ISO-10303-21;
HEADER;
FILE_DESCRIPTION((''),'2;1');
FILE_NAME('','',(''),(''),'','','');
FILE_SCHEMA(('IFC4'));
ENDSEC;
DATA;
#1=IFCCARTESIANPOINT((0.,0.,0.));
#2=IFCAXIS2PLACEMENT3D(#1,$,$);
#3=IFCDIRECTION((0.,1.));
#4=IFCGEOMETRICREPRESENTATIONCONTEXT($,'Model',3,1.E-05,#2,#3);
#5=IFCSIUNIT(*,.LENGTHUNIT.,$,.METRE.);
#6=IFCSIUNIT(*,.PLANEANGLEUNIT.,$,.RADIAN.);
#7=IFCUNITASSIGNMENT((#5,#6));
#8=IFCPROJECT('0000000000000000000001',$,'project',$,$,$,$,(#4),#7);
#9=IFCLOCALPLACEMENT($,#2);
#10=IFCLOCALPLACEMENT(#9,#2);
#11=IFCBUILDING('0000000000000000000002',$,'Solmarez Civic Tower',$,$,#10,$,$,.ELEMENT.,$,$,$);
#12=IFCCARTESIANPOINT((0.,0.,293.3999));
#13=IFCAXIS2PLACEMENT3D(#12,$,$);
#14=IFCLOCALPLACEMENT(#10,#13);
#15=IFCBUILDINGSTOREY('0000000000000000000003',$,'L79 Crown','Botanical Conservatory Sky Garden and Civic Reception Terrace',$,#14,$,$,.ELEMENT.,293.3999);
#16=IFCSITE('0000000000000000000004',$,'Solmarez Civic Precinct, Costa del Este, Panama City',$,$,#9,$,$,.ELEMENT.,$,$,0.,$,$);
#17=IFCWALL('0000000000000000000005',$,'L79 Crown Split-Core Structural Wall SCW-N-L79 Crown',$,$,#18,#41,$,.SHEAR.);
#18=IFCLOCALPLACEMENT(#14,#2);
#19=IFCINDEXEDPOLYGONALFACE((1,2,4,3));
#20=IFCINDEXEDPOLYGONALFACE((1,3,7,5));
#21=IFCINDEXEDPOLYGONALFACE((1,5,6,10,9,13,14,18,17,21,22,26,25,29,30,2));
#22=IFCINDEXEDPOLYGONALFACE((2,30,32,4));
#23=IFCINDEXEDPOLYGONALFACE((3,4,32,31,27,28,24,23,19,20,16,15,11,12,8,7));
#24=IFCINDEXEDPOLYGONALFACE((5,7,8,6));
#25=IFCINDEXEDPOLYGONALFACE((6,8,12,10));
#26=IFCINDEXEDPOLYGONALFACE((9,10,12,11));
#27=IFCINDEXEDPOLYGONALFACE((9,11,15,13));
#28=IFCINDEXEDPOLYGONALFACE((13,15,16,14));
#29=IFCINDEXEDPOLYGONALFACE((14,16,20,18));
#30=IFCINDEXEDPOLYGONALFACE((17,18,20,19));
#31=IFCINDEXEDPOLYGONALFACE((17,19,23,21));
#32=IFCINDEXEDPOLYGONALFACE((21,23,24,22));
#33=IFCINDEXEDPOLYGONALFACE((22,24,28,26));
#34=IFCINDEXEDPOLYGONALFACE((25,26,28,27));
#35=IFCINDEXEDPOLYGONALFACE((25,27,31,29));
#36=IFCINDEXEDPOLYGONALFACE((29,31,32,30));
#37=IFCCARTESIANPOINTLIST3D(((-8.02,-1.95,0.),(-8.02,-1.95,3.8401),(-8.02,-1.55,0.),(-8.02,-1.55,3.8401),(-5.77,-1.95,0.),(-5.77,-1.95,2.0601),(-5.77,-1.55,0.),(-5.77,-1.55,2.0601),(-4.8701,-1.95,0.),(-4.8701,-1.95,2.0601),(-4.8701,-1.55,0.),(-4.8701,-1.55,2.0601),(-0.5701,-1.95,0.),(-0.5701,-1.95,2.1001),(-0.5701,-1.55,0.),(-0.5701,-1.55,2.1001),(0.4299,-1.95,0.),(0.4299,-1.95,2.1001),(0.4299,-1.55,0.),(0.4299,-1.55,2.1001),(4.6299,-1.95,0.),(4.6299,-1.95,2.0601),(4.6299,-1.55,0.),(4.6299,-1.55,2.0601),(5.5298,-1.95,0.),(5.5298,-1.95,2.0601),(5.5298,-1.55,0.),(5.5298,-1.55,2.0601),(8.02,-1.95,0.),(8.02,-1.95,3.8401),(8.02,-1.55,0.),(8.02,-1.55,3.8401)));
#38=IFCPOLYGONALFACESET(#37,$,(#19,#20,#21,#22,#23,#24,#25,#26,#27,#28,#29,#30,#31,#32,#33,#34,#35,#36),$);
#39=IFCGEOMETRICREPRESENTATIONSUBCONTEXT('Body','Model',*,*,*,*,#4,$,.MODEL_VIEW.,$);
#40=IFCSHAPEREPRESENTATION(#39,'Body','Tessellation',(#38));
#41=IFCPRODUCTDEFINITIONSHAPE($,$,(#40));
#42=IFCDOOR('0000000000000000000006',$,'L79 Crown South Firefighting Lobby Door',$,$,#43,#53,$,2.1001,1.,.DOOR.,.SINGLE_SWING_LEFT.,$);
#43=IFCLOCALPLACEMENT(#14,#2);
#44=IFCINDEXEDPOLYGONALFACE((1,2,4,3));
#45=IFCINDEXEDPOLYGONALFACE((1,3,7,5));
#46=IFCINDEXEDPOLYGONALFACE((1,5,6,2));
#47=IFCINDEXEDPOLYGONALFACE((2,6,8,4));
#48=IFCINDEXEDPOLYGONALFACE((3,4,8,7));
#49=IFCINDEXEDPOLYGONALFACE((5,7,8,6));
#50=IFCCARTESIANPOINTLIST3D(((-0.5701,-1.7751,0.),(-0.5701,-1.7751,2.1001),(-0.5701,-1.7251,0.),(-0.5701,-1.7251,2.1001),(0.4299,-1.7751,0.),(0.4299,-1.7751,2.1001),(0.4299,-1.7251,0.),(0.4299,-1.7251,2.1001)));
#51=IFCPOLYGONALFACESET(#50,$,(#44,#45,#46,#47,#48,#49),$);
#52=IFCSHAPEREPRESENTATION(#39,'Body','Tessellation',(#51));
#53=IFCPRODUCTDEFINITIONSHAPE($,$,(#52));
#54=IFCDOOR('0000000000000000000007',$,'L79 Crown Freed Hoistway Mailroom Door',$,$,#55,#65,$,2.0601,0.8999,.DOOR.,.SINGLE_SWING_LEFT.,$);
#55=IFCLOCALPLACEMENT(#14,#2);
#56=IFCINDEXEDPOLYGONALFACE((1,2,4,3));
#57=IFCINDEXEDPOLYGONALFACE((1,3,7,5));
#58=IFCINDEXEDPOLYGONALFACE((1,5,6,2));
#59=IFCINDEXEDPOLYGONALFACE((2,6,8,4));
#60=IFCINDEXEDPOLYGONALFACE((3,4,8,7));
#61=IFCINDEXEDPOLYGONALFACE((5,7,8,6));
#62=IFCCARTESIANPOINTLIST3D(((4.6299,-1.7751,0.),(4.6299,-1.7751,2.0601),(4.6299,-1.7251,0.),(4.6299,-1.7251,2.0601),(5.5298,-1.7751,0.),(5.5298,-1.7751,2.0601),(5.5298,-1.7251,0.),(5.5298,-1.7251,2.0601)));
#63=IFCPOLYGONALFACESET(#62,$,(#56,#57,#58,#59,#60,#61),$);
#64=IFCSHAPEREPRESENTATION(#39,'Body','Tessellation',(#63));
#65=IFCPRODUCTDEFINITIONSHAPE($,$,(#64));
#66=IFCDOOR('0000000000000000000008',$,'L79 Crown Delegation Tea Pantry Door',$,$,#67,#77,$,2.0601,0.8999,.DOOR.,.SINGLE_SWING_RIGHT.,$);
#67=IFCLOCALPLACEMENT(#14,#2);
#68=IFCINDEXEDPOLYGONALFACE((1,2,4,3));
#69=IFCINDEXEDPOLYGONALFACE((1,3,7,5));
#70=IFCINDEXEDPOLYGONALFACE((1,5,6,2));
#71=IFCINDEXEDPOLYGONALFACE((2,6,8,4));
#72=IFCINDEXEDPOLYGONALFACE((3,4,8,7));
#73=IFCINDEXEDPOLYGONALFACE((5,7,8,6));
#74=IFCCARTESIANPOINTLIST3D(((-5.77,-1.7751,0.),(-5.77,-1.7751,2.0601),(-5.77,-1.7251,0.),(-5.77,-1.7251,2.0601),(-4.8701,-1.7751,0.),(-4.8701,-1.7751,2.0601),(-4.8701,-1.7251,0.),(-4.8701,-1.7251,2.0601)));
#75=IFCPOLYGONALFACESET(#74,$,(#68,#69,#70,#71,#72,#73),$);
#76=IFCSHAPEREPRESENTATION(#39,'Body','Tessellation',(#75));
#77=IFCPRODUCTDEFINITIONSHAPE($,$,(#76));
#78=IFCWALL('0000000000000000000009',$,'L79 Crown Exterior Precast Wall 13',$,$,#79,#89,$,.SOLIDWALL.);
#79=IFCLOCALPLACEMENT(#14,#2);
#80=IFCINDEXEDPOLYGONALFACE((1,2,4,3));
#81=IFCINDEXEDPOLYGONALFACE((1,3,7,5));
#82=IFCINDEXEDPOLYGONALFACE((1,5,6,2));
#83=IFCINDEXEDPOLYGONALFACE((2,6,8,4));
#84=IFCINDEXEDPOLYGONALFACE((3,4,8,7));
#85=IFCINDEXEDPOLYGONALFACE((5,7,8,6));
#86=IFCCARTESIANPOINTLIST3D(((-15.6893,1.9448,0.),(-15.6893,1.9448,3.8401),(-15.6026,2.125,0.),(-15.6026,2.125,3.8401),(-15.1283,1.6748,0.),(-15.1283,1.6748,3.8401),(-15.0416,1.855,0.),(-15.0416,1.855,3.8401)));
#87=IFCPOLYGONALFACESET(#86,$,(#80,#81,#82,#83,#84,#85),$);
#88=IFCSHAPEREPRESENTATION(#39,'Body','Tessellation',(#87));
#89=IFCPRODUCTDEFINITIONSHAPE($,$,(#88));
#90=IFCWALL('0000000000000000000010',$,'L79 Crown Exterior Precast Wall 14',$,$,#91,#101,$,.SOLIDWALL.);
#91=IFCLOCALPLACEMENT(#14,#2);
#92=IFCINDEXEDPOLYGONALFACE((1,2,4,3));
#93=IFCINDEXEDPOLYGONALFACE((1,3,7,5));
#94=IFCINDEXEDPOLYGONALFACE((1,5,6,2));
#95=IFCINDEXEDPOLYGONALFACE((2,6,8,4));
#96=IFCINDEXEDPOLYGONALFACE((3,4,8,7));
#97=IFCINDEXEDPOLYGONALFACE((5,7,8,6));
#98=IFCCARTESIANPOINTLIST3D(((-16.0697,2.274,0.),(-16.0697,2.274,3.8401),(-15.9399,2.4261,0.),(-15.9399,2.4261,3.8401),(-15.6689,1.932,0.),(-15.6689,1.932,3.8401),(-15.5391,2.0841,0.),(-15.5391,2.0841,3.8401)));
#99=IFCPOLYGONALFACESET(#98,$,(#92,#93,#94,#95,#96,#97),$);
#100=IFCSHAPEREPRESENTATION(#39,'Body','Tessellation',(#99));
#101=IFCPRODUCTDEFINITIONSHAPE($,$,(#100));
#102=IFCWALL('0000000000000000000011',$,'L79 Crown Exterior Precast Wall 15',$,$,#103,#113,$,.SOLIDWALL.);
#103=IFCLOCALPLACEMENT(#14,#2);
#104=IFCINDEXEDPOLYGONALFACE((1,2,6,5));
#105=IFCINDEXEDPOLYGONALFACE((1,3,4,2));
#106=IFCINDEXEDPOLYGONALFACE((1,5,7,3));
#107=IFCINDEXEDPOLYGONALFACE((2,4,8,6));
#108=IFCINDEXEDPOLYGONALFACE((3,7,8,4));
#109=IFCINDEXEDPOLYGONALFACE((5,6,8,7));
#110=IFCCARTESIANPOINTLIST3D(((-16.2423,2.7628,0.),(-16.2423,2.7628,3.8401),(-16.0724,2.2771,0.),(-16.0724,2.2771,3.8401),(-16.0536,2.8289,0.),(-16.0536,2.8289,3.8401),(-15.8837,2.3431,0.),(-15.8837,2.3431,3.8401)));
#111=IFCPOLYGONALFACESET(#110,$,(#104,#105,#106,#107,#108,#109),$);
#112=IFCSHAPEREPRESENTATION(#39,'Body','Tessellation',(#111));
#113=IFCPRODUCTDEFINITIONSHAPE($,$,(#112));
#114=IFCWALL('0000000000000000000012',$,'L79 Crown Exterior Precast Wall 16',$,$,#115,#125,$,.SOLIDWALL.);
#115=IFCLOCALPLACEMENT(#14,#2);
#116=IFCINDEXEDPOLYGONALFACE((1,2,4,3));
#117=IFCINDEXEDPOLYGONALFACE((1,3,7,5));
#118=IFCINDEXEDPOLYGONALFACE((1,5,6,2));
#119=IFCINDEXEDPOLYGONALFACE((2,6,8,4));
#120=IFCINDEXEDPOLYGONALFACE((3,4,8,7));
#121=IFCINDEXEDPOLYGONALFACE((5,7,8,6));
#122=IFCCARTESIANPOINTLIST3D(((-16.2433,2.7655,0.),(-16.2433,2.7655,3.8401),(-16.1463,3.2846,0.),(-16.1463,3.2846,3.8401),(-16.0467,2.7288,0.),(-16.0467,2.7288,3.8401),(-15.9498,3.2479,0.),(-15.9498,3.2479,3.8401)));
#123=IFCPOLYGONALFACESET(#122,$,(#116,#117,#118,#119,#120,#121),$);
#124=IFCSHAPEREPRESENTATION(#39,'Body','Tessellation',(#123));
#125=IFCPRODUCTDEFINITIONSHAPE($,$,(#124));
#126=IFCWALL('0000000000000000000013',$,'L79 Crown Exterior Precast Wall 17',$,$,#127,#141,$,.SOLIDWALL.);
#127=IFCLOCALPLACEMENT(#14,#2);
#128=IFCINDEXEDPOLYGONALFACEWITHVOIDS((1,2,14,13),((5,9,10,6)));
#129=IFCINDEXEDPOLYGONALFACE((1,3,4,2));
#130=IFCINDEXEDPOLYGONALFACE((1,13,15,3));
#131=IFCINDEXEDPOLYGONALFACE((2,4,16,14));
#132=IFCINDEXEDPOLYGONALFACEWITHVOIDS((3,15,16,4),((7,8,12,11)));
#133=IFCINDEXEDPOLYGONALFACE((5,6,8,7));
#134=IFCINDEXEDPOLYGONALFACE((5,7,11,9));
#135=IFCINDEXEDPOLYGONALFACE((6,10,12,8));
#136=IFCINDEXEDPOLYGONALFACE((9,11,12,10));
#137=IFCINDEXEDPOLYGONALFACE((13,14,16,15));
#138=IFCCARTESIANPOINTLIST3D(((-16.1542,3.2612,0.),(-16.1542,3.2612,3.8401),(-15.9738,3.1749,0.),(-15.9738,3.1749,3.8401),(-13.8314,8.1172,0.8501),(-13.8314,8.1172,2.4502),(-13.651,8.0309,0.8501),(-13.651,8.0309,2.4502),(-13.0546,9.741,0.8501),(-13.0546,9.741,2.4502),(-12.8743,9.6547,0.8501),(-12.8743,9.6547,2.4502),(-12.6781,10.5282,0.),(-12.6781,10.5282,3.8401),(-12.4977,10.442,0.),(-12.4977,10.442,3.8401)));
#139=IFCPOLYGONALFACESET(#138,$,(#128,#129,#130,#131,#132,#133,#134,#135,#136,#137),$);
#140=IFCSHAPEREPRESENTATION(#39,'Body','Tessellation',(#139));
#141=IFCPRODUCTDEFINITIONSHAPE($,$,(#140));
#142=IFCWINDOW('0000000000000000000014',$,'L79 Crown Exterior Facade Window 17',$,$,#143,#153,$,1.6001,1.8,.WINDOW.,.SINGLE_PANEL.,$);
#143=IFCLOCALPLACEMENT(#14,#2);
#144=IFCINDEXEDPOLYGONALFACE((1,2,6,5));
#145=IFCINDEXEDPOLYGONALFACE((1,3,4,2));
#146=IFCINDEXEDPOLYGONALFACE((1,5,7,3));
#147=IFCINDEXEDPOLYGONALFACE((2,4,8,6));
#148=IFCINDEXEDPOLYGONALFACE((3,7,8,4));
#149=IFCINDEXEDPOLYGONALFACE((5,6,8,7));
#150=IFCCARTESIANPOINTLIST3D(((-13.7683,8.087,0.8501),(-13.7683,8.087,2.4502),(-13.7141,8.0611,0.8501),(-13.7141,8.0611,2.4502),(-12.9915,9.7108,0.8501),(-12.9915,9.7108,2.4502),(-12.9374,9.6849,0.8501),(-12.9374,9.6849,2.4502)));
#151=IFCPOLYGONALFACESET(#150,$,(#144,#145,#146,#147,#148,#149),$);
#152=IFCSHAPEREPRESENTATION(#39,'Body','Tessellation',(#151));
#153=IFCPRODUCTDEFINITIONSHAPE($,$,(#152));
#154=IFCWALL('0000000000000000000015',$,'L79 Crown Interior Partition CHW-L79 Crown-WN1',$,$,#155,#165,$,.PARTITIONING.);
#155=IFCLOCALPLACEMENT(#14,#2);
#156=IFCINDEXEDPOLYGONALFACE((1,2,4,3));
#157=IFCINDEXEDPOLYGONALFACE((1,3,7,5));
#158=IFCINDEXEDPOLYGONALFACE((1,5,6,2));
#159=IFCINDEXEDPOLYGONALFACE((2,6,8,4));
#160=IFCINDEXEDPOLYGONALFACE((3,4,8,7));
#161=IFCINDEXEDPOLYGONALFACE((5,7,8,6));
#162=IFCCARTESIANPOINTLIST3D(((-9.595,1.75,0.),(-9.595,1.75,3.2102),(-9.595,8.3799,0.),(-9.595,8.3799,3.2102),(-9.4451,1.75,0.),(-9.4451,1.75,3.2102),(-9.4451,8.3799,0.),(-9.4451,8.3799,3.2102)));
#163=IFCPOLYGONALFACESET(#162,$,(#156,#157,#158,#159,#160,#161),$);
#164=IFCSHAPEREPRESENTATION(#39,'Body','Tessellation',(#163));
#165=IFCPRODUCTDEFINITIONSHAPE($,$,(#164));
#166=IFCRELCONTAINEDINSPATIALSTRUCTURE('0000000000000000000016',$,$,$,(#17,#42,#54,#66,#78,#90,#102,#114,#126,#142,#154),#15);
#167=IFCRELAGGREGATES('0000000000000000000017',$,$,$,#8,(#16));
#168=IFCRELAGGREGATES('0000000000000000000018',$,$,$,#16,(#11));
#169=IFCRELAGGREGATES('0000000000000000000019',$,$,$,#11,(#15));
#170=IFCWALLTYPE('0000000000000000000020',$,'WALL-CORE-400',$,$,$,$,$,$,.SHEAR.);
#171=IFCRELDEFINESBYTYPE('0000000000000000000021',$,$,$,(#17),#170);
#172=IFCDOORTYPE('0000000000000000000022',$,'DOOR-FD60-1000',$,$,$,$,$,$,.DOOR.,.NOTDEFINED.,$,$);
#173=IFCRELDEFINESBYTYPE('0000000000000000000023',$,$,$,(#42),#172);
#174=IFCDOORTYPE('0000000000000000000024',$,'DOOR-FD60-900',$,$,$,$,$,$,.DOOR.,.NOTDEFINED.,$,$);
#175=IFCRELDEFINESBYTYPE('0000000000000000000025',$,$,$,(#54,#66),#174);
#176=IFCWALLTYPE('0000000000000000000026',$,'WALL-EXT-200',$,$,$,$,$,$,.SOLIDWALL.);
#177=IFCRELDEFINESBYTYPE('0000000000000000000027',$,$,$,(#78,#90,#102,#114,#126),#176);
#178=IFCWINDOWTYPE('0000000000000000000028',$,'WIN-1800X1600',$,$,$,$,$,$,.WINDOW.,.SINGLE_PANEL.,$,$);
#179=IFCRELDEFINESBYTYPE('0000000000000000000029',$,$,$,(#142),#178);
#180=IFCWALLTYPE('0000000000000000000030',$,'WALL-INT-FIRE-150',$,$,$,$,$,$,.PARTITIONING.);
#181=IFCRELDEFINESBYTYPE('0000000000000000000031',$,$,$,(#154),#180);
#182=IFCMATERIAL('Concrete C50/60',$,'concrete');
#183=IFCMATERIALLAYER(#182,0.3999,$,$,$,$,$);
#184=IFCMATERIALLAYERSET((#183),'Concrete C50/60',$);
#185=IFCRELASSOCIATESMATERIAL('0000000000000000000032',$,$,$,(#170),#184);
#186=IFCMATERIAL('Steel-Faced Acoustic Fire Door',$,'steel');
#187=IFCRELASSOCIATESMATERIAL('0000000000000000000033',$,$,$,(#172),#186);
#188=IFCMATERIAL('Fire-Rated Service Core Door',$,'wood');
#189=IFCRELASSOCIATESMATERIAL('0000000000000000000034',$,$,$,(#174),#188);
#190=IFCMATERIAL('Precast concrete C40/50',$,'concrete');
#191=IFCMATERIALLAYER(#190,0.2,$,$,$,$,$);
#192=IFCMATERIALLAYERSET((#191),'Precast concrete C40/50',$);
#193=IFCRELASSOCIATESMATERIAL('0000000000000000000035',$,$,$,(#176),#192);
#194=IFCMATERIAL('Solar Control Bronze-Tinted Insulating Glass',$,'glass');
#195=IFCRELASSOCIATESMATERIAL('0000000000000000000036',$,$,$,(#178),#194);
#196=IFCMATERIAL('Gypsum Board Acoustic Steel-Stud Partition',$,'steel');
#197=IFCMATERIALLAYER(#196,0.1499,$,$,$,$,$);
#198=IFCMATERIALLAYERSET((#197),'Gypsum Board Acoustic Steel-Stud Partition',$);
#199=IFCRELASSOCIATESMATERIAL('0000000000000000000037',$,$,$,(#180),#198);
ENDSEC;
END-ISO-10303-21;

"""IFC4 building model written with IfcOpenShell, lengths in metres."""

from ifc_helpers import new_model, si_unit, direction, frame, frame_2d, origin, place, context, subcontext, project, spatial, rectangle, extrude, material, layer, layer_set, type_object, element, fill, save


model = new_model("IFC4")

# Units and contexts
model_context = context("Model", 3, precision=1e-05, world=origin(), true_north=direction((0.0, 1.0)))
body_context = subcontext(model_context, "Body", "Model", "MODEL_VIEW")
ifc_project = project(units=[si_unit("LENGTHUNIT", "METRE"), si_unit("PLANEANGLEUNIT", "RADIAN")], contexts=[model_context])

# Site, building, storey
site_placement = place(None, origin())
site = spatial("IfcSite", under=ifc_project, at=site_placement, Name="Solmarez Civic Precinct, Costa del Este, Panama City", CompositionType="ELEMENT", RefElevation=0.0)
building_placement = place(site_placement, origin())
building = spatial("IfcBuilding", under=site, at=building_placement, Name="Solmarez Civic Tower", CompositionType="ELEMENT")
storey_placement = place(building_placement, frame((0.0, 0.0, 293.3999)))
storey = spatial("IfcBuildingStorey", under=building, at=storey_placement, Name="L79 Crown", Description="Botanical Conservatory Sky Garden and Civic Reception Terrace", CompositionType="ELEMENT", Elevation=293.3999)

# Shared definitions
ifc_material_1 = material(Name="Concrete C50/60", Category="concrete")

# Shared definitions
ifc_layer_1 = layer(ifc_material_1, 0.3999)
ifc_layer_set_1 = layer_set([ifc_layer_1], Name="Concrete C50/60")
wall_type_1 = type_object("IfcWallType", Name="WALL-CORE-400", PredefinedType="SHEAR", material=ifc_layer_set_1)

# Wall, openings, doors
wall_1_placement = place(storey_placement, frame((-8.02, -1.75, 0.0), z_axis=(0.0, 0.0, 1.0), x_axis=(1.0, 0.0, 0.0)))
wall_1 = element("IfcWall", 1, at=wall_1_placement, inside=storey, type_object=wall_type_1, Name="L79 Crown Split-Core Structural Wall SCW-N-L79 Crown", PredefinedType="SHEAR", context=body_context, shape_type="SweptSolid", body=[
    extrude(rectangle(XDim=16.04, YDim=0.3999, at=frame_2d((8.02, 0.0))), origin(), (0.0, 0.0, 1.0), 3.8401),
])
opening_1_placement = place(wall_1_placement, frame((7.45, 0.0, 0.0)))
opening_1 = element("IfcOpeningElement", 2, at=opening_1_placement, cuts=wall_1, PredefinedType="OPENING", context=body_context, shape_type="SweptSolid", body=[
    extrude(rectangle(XDim=1.0, YDim=2.1001, at=frame_2d((0.5, 1.05))), frame((0.0, 0.21, 0.0), z_axis=(0.0, -1.0, 0.0), x_axis=(1.0, 0.0, 0.0)), (0.0, 0.0, 1.0), 0.4199),
])
opening_2_placement = place(wall_1_placement, frame((12.6499, 0.0, 0.0)))
opening_2 = element("IfcOpeningElement", 3, at=opening_2_placement, cuts=wall_1, PredefinedType="OPENING", context=body_context, shape_type="SweptSolid", body=[
    extrude(rectangle(XDim=0.8999, YDim=2.0601, at=frame_2d((0.45, 1.03))), frame((0.0, 0.21, 0.0), z_axis=(0.0, -1.0, 0.0), x_axis=(1.0, 0.0, 0.0)), (0.0, 0.0, 1.0), 0.4199),
])
opening_3_placement = place(wall_1_placement, frame((2.25, 0.0, 0.0)))
opening_3 = element("IfcOpeningElement", 4, at=opening_3_placement, cuts=wall_1, PredefinedType="OPENING", context=body_context, shape_type="SweptSolid", body=[
    extrude(rectangle(XDim=0.8999, YDim=2.0601, at=frame_2d((0.45, 1.03))), frame((0.0, 0.21, 0.0), z_axis=(0.0, -1.0, 0.0), x_axis=(1.0, 0.0, 0.0)), (0.0, 0.0, 1.0), 0.4199),
])
ifc_material_2 = material(Name="Steel-Faced Acoustic Fire Door", Category="steel")
door_type_1 = type_object("IfcDoorType", Name="DOOR-FD60-1000", OperationType="NOTDEFINED", PredefinedType="DOOR", material=ifc_material_2)
door_1_placement = place(opening_1_placement, origin())
door_1 = element("IfcDoor", 5, at=door_1_placement, inside=storey, type_object=door_type_1, Name="L79 Crown South Firefighting Lobby Door", OperationType="SINGLE_SWING_LEFT", OverallHeight=2.1001, OverallWidth=1.0, PredefinedType="DOOR", context=body_context, shape_type="SweptSolid", body=[
    extrude(rectangle(XDim=1.0, YDim=2.1001, at=frame_2d((0.5, 1.05))), frame((0.0, 0.0249, 0.0), z_axis=(0.0, -1.0, 0.0), x_axis=(1.0, 0.0, 0.0)), (0.0, 0.0, 1.0), 0.05),
])
fill(opening_1, door_1)
ifc_material_3 = material(Name="Fire-Rated Service Core Door", Category="wood")
door_type_2 = type_object("IfcDoorType", Name="DOOR-FD60-900", OperationType="NOTDEFINED", PredefinedType="DOOR", material=ifc_material_3)
door_2_placement = place(opening_2_placement, origin())
door_2 = element("IfcDoor", 6, at=door_2_placement, inside=storey, type_object=door_type_2, Name="L79 Crown Freed Hoistway Mailroom Door", OperationType="SINGLE_SWING_LEFT", OverallHeight=2.0601, OverallWidth=0.8999, PredefinedType="DOOR", context=body_context, shape_type="SweptSolid", body=[
    extrude(rectangle(XDim=0.8999, YDim=2.0601, at=frame_2d((0.45, 1.03))), frame((0.0, 0.0249, 0.0), z_axis=(0.0, -1.0, 0.0), x_axis=(1.0, 0.0, 0.0)), (0.0, 0.0, 1.0), 0.05),
])
fill(opening_2, door_2)
door_3_placement = place(opening_3_placement, origin())
door_3 = element("IfcDoor", 7, at=door_3_placement, inside=storey, type_object=door_type_2, Name="L79 Crown Delegation Tea Pantry Door", OperationType="SINGLE_SWING_RIGHT", OverallHeight=2.0601, OverallWidth=0.8999, PredefinedType="DOOR", context=body_context, shape_type="SweptSolid", body=[
    extrude(rectangle(XDim=0.8999, YDim=2.0601, at=frame_2d((0.45, 1.03))), frame((0.0, 0.0249, 0.0), z_axis=(0.0, -1.0, 0.0), x_axis=(1.0, 0.0, 0.0)), (0.0, 0.0, 1.0), 0.05),
])
fill(opening_3, door_3)

# Walls
ifc_material_4 = material(Name="Precast concrete C40/50", Category="concrete")
ifc_layer_2 = layer(ifc_material_4, 0.2)
ifc_layer_set_2 = layer_set([ifc_layer_2], Name="Precast concrete C40/50")
wall_type_2 = type_object("IfcWallType", Name="WALL-EXT-200", PredefinedType="SOLIDWALL", material=ifc_layer_set_2)
wall_2_placement = place(storey_placement, frame((-15.085, 1.7649, 0.0), z_axis=(0.0, 0.0, 1.0), x_axis=(-0.90107, 0.433674, 0.0)))
element("IfcWall", 8, at=wall_2_placement, inside=storey, type_object=wall_type_2, Name="L79 Crown Exterior Precast Wall 13", PredefinedType="SOLIDWALL", context=body_context, shape_type="SweptSolid", body=[
    extrude(rectangle(XDim=0.6226, YDim=0.2, at=frame_2d((0.3113, 0.0))), origin(), (0.0, 0.0, 1.0), 3.8401),
])
wall_3_placement = place(storey_placement, frame((-15.604, 2.0081, 0.0), z_axis=(0.0, 0.0, 1.0), x_axis=(-0.760726, 0.649073, 0.0)))
element("IfcWall", 9, at=wall_3_placement, inside=storey, type_object=wall_type_2, Name="L79 Crown Exterior Precast Wall 14", PredefinedType="SOLIDWALL", context=body_context, shape_type="SweptSolid", body=[
    extrude(rectangle(XDim=0.5269, YDim=0.2, at=frame_2d((0.2634, 0.0))), origin(), (0.0, 0.0, 1.0), 3.8401),
])
wall_4_placement = place(storey_placement, frame((-15.978, 2.3101, 0.0), z_axis=(0.0, 0.0, 1.0), x_axis=(-0.330139, 0.943932, 0.0)))
element("IfcWall", 10, at=wall_4_placement, inside=storey, type_object=wall_type_2, Name="L79 Crown Exterior Precast Wall 15", PredefinedType="SOLIDWALL", context=body_context, shape_type="SweptSolid", body=[
    extrude(rectangle(XDim=0.5146, YDim=0.2, at=frame_2d((0.2573, 0.0))), origin(), (0.0, 0.0, 1.0), 3.8401),
])
wall_5_placement = place(storey_placement, frame((-16.145, 2.7471, 0.0), z_axis=(0.0, 0.0, 1.0), x_axis=(0.183563, 0.983008, 0.0)))
element("IfcWall", 11, at=wall_5_placement, inside=storey, type_object=wall_type_2, Name="L79 Crown Exterior Precast Wall 16", PredefinedType="SOLIDWALL", context=body_context, shape_type="SweptSolid", body=[
    extrude(rectangle(XDim=0.5281, YDim=0.2, at=frame_2d((0.2642, 0.0))), origin(), (0.0, 0.0, 1.0), 3.8401),
])

# Wall, opening, window
wall_6_placement = place(storey_placement, frame((-16.064, 3.218, 0.0), z_axis=(0.0, 0.0, 1.0), x_axis=(0.431507, 0.90211, 0.0)))
wall_6 = element("IfcWall", 12, at=wall_6_placement, inside=storey, type_object=wall_type_2, Name="L79 Crown Exterior Precast Wall 17", PredefinedType="SOLIDWALL", context=body_context, shape_type="SweptSolid", body=[
    extrude(rectangle(XDim=8.0557, YDim=0.2, at=frame_2d((4.0278, 0.0))), origin(), (0.0, 0.0, 1.0), 3.8401),
])
opening_4_placement = place(wall_6_placement, frame((5.3831, 0.0, 0.8501)))
opening_4 = element("IfcOpeningElement", 13, at=opening_4_placement, cuts=wall_6, PredefinedType="OPENING", context=body_context, shape_type="SweptSolid", body=[
    extrude(rectangle(XDim=1.8, YDim=1.6001, at=frame_2d((0.8999, 0.8))), frame((0.0, 0.1099, 0.0), z_axis=(0.0, -1.0, 0.0), x_axis=(1.0, 0.0, 0.0)), (0.0, 0.0, 1.0), 0.22),
])
ifc_material_5 = material(Name="Solar Control Bronze-Tinted Insulating Glass", Category="glass")
window_type = type_object("IfcWindowType", Name="WIN-1800X1600", PartitioningType="SINGLE_PANEL", PredefinedType="WINDOW", material=ifc_material_5)
window_placement = place(opening_4_placement, origin())
window = element("IfcWindow", 14, at=window_placement, inside=storey, type_object=window_type, Name="L79 Crown Exterior Facade Window 17", OverallHeight=1.6001, OverallWidth=1.8, PartitioningType="SINGLE_PANEL", PredefinedType="WINDOW", context=body_context, shape_type="SweptSolid", body=[
    extrude(rectangle(XDim=1.8, YDim=1.6001, at=frame_2d((0.8999, 0.8))), frame((0.0, 0.03, 0.0), z_axis=(0.0, -1.0, 0.0), x_axis=(1.0, 0.0, 0.0)), (0.0, 0.0, 1.0), 0.0601),
])
fill(opening_4, window)

# Wall
ifc_material_6 = material(Name="Gypsum Board Acoustic Steel-Stud Partition", Category="steel")
ifc_layer_3 = layer(ifc_material_6, 0.1499)
ifc_layer_set_3 = layer_set([ifc_layer_3], Name="Gypsum Board Acoustic Steel-Stud Partition")
wall_type_3 = type_object("IfcWallType", Name="WALL-INT-FIRE-150", PredefinedType="PARTITIONING", material=ifc_layer_set_3)
wall_7_placement = place(storey_placement, frame((-9.52, 1.75, 0.0), z_axis=(0.0, 0.0, 1.0), x_axis=(0.0, 1.0, 0.0)))
element("IfcWall", 15, at=wall_7_placement, inside=storey, type_object=wall_type_3, Name="L79 Crown Interior Partition CHW-L79 Crown-WN1", PredefinedType="PARTITIONING", context=body_context, shape_type="SweptSolid", body=[
    extrude(rectangle(XDim=6.6299, YDim=0.1499, at=frame_2d((3.3149, 0.0))), origin(), (0.0, 0.0, 1.0), 3.2102),
])

save(model, "model.ifc")
